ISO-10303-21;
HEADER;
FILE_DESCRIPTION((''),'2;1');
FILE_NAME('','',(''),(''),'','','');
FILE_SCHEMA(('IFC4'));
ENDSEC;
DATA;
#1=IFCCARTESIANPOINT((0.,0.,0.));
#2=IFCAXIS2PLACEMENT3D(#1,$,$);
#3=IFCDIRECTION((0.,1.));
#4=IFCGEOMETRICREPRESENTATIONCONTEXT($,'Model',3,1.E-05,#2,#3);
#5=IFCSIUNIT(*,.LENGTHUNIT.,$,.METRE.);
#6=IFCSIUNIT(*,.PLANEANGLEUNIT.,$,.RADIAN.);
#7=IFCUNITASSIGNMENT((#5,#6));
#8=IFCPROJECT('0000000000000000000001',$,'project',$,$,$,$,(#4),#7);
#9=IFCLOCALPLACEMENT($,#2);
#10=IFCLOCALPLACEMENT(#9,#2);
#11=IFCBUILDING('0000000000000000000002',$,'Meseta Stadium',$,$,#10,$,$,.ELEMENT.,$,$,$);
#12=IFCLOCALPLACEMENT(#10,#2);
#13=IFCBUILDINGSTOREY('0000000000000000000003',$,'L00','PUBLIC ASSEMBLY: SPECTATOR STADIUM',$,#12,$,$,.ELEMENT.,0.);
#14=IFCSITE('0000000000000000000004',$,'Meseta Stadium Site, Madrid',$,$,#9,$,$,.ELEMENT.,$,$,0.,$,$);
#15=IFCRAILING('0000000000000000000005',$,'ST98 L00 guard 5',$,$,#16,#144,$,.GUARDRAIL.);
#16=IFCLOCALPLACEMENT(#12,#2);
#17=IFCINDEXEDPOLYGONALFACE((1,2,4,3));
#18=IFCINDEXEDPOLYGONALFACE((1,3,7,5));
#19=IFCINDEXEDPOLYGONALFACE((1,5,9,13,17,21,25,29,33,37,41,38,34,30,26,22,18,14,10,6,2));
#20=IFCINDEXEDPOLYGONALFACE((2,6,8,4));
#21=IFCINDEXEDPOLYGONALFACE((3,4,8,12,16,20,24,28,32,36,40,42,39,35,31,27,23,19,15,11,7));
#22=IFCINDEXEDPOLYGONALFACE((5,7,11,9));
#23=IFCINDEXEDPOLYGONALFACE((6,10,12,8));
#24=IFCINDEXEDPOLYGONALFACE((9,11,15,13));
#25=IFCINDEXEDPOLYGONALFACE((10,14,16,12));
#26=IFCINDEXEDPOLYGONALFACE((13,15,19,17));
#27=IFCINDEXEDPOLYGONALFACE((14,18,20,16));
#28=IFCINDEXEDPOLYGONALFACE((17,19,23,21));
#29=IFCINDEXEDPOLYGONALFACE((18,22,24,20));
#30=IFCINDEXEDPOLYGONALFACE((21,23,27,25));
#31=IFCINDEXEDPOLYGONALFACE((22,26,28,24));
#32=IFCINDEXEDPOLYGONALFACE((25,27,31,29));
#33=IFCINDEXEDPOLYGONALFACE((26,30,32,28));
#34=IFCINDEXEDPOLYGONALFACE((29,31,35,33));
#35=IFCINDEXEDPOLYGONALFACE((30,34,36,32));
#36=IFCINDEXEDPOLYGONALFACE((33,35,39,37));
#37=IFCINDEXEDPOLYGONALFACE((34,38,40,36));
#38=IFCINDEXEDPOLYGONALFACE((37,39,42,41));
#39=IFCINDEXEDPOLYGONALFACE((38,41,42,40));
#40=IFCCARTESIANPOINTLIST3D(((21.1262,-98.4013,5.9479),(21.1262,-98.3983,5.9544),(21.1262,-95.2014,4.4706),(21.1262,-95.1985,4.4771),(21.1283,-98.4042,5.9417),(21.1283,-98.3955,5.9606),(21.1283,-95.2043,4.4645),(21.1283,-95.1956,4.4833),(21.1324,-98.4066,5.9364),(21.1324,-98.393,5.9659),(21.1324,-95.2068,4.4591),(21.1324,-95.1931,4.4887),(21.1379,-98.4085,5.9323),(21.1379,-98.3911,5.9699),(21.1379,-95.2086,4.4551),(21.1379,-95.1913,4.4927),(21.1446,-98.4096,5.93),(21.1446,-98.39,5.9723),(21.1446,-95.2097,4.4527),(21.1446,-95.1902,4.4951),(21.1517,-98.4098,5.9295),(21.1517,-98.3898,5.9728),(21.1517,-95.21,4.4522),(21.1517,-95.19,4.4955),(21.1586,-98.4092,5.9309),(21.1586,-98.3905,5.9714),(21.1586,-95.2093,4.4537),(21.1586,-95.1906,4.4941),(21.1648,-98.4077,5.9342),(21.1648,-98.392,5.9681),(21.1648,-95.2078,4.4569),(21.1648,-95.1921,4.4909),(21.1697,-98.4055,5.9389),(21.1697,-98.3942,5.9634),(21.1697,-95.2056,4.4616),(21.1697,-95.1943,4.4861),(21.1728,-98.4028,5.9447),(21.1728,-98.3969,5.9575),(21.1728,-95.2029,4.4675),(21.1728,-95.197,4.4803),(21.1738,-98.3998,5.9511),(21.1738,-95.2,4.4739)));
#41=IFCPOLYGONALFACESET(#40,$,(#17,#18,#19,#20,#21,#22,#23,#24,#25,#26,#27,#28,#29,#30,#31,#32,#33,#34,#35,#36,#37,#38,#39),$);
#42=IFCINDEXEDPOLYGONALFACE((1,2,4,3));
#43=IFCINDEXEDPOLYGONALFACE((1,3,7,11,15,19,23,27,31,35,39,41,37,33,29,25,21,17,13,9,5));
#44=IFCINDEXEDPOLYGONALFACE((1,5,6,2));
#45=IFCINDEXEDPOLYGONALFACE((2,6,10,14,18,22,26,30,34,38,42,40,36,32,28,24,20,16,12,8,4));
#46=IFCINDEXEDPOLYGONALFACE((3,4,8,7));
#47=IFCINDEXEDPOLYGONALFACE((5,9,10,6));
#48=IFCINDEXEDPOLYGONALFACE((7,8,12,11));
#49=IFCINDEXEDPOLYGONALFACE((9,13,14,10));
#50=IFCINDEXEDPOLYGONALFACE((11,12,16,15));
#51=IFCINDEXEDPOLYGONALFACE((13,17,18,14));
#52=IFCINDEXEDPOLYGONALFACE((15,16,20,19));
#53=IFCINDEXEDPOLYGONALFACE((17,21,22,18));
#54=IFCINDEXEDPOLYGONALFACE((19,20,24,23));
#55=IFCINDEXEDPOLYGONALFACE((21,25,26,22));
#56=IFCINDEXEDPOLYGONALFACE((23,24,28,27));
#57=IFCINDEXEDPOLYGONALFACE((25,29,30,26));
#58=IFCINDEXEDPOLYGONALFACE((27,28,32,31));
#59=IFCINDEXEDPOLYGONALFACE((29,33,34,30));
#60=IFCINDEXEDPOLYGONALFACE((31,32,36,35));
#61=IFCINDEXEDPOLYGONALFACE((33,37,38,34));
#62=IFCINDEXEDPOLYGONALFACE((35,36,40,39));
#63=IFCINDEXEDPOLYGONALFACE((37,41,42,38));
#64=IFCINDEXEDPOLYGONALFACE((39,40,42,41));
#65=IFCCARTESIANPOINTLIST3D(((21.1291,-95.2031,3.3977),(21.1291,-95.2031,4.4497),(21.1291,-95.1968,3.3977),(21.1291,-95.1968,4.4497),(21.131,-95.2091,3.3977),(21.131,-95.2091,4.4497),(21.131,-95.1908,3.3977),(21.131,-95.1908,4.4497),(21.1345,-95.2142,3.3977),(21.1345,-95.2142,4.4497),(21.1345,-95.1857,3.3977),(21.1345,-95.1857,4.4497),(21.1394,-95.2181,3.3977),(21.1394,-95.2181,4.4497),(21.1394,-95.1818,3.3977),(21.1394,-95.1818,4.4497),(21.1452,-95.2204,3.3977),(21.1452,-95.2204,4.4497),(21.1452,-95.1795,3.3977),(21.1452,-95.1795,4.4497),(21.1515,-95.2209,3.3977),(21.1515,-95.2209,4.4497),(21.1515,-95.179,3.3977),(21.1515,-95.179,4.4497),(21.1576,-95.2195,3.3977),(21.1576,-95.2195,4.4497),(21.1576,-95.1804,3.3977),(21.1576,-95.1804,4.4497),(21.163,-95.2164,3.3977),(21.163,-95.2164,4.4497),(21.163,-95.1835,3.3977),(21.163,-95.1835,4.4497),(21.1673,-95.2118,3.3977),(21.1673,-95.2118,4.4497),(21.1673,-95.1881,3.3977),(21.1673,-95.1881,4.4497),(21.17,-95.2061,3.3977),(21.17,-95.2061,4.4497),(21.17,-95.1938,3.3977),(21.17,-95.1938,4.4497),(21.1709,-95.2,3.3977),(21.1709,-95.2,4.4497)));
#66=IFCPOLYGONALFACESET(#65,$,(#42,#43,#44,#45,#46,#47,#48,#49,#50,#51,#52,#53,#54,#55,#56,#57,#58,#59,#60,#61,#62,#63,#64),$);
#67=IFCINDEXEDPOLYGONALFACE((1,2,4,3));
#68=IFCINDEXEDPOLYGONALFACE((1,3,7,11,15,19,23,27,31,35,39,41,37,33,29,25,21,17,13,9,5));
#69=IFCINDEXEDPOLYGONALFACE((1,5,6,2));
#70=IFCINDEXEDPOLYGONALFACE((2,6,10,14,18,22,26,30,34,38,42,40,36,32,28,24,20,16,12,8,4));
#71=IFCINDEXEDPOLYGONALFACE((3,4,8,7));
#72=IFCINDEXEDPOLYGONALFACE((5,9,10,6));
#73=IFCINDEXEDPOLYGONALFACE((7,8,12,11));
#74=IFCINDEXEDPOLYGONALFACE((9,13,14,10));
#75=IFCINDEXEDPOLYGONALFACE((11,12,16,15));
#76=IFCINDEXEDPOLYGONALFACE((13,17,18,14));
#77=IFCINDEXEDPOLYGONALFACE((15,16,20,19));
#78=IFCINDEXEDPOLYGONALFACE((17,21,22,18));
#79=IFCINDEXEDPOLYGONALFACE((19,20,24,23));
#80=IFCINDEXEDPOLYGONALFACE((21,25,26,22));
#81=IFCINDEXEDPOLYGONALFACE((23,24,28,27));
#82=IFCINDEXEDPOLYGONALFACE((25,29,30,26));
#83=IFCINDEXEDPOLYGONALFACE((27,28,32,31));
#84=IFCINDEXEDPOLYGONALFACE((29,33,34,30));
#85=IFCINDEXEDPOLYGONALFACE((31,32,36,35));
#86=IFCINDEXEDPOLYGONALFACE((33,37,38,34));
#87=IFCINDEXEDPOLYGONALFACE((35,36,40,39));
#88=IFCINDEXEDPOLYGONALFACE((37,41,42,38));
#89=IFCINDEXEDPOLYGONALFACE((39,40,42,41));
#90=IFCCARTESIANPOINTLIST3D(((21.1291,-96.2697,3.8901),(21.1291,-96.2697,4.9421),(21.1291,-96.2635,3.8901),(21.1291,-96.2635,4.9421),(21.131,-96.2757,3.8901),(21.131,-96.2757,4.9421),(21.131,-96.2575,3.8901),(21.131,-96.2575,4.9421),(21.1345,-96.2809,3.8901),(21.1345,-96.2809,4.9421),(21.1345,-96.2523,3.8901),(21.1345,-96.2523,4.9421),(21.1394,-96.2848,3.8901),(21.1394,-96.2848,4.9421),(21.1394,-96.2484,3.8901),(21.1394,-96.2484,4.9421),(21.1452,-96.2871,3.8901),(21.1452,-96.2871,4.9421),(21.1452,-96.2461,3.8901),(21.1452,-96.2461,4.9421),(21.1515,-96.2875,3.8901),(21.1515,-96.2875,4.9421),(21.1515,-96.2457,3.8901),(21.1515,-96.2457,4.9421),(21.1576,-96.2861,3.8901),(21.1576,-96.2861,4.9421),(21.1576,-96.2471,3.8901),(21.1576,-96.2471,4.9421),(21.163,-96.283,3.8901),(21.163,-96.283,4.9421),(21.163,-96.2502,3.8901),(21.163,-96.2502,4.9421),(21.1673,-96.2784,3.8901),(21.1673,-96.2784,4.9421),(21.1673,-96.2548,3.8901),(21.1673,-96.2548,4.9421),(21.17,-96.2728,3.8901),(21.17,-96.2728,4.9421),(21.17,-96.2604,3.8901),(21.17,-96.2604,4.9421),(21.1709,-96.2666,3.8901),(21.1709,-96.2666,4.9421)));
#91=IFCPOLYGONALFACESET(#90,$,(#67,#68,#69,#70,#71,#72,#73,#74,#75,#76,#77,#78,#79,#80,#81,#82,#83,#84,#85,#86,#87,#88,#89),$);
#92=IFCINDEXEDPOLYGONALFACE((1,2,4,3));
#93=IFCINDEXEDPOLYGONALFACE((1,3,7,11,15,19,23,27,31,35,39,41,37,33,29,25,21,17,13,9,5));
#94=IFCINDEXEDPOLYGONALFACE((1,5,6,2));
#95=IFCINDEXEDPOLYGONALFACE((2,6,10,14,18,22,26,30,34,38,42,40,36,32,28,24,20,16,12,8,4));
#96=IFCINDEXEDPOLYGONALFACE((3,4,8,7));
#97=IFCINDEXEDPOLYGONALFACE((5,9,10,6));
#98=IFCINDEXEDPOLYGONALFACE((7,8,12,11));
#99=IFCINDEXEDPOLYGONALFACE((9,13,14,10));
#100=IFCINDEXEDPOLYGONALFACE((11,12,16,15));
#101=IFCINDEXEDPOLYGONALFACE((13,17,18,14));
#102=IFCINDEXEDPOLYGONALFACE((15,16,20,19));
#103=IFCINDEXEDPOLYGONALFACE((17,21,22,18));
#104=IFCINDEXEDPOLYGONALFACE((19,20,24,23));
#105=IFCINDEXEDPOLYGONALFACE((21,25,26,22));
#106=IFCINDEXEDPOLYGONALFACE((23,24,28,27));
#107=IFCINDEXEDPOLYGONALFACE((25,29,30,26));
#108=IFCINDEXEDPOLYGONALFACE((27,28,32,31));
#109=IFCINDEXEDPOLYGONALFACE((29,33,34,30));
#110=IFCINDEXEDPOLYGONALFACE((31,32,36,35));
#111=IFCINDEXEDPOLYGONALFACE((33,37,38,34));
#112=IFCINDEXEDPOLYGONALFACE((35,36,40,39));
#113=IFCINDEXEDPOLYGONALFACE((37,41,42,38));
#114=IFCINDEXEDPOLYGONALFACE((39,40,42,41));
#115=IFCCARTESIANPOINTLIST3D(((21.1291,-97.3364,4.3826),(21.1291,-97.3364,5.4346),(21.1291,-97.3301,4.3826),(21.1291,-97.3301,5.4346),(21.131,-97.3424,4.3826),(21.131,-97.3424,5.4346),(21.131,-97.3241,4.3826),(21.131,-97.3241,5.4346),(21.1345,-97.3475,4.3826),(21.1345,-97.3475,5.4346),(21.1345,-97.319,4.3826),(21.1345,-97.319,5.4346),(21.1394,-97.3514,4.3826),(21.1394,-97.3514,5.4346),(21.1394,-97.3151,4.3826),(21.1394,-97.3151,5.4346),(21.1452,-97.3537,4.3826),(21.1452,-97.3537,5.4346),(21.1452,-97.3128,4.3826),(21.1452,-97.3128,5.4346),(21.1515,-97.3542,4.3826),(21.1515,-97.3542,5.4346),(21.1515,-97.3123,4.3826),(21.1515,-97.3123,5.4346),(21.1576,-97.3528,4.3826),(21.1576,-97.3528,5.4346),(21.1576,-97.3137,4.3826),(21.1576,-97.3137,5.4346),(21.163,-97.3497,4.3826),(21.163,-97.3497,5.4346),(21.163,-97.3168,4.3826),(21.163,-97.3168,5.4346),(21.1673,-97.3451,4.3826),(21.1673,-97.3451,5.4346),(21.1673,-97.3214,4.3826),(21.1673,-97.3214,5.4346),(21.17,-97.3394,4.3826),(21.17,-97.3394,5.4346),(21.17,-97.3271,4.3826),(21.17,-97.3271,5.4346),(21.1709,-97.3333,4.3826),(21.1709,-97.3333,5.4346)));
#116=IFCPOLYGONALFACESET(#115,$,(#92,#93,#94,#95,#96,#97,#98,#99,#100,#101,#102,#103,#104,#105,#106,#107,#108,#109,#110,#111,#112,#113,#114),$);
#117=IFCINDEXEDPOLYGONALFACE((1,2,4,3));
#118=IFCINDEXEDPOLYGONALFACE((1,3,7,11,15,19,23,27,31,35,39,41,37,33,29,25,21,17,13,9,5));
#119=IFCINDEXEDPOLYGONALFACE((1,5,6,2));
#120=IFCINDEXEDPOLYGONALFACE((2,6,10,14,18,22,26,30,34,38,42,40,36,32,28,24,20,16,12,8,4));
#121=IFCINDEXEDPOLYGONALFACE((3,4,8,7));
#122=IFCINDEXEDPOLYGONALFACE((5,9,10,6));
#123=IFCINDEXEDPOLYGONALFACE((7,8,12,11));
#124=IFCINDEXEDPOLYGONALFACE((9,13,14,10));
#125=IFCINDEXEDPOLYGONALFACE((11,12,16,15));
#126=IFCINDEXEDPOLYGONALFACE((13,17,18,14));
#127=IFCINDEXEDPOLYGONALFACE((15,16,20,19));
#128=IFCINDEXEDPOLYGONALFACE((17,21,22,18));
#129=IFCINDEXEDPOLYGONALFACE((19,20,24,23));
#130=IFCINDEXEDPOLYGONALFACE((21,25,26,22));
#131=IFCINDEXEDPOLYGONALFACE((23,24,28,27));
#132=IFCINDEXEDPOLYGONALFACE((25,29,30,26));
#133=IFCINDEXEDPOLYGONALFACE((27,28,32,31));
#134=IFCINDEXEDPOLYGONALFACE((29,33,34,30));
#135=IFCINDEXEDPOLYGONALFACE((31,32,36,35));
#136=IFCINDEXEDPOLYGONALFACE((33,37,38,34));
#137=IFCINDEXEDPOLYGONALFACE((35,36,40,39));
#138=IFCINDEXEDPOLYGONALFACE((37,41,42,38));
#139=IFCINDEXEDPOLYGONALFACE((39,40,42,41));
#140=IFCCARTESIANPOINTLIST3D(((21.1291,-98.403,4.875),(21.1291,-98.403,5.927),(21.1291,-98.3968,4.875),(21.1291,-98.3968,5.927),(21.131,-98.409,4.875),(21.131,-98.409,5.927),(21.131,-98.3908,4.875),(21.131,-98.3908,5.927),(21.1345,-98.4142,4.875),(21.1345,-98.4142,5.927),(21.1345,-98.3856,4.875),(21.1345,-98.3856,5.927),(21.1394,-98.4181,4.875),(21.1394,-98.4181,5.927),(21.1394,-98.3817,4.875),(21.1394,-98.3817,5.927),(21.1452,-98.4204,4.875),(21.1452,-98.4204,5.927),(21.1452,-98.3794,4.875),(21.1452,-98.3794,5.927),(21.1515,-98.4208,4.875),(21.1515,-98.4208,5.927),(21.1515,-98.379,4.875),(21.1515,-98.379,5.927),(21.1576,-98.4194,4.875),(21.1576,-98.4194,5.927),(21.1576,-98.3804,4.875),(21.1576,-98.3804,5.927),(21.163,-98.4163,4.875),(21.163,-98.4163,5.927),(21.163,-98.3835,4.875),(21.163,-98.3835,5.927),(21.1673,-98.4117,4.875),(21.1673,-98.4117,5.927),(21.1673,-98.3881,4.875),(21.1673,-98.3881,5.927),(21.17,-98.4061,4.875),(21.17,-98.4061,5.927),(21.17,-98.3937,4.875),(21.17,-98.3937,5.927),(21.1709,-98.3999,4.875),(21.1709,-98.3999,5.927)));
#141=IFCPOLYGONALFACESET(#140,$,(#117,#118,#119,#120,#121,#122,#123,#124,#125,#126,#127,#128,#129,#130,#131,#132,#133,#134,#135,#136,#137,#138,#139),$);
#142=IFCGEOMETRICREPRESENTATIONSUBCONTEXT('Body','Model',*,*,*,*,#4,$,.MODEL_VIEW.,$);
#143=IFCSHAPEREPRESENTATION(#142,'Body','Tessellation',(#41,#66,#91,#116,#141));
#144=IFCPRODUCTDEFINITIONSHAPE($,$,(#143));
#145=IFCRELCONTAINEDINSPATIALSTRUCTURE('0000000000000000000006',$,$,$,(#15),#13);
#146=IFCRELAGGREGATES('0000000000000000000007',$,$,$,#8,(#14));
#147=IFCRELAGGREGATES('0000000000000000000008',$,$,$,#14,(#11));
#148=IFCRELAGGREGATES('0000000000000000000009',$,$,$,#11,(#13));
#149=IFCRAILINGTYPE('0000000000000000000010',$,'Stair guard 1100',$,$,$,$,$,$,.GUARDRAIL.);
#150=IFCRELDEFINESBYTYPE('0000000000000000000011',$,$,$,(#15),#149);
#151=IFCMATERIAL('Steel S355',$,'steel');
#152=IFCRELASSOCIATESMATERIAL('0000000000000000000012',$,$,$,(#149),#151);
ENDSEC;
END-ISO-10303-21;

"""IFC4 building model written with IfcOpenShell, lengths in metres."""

from ifc_helpers import new_model, si_unit, direction, frame, origin, origin_2d, place, context, subcontext, project, spatial, circle, extrude, material, type_object, element, save


model = new_model("IFC4")

# Units and contexts
model_context = context("Model", 3, precision=1e-05, world=origin(), true_north=direction((0.0, 1.0)))
body_context = subcontext(model_context, "Body", "Model", "MODEL_VIEW")
ifc_project = project(units=[si_unit("LENGTHUNIT", "METRE"), si_unit("PLANEANGLEUNIT", "RADIAN")], contexts=[model_context])

# Site, building, storey
site_placement = place(None, origin())
site = spatial("IfcSite", under=ifc_project, at=site_placement, Name="Meseta Stadium Site, Madrid", CompositionType="ELEMENT", RefElevation=0.0)
building_placement = place(site_placement, origin())
building = spatial("IfcBuilding", under=site, at=building_placement, Name="Meseta Stadium", CompositionType="ELEMENT")
storey_placement = place(building_placement, origin())
storey = spatial("IfcBuildingStorey", under=building, at=storey_placement, Name="L00", Description="PUBLIC ASSEMBLY: SPECTATOR STADIUM", CompositionType="ELEMENT", Elevation=0.0)

# Railing
ifc_material_1 = material(Name="Steel S355", Category="steel")
railing_type_1 = type_object("IfcRailingType", Name="Stair guard 1100", PredefinedType="GUARDRAIL", material=ifc_material_1)
for number, where, name in (
    (1, (21.1499, -95.2, 3.3977), "ST98 L00 guard 5"),
):
    element("IfcRailing", number, at=place(storey_placement, frame(where)), inside=storey, type_object=railing_type_1, Name=name, PredefinedType="GUARDRAIL", context=body_context, shape_type="SweptSolid", body=[
        extrude(circle(Radius=0.0239, at=origin_2d()), frame((0.0, 0.0, 1.0762), z_axis=(0.0, -0.907917, 0.41915), x_axis=(1.0, 0.0, 0.0)), (0.0, 0.0, 1.0), 3.5244),
        extrude(circle(Radius=0.021, at=origin_2d()), origin(), (0.0, 0.0, 1.0), 1.052),
        extrude(circle(Radius=0.021, at=origin_2d()), frame((0.0, -1.0667, 0.4924)), (0.0, 0.0, 1.0), 1.052),
        extrude(circle(Radius=0.021, at=origin_2d()), frame((0.0, -2.1333, 0.9849)), (0.0, 0.0, 1.0), 1.052),
        extrude(circle(Radius=0.021, at=origin_2d()), frame((0.0, -3.2, 1.4773)), (0.0, 0.0, 1.0), 1.052),
    ])

save(model, "model.ifc")
